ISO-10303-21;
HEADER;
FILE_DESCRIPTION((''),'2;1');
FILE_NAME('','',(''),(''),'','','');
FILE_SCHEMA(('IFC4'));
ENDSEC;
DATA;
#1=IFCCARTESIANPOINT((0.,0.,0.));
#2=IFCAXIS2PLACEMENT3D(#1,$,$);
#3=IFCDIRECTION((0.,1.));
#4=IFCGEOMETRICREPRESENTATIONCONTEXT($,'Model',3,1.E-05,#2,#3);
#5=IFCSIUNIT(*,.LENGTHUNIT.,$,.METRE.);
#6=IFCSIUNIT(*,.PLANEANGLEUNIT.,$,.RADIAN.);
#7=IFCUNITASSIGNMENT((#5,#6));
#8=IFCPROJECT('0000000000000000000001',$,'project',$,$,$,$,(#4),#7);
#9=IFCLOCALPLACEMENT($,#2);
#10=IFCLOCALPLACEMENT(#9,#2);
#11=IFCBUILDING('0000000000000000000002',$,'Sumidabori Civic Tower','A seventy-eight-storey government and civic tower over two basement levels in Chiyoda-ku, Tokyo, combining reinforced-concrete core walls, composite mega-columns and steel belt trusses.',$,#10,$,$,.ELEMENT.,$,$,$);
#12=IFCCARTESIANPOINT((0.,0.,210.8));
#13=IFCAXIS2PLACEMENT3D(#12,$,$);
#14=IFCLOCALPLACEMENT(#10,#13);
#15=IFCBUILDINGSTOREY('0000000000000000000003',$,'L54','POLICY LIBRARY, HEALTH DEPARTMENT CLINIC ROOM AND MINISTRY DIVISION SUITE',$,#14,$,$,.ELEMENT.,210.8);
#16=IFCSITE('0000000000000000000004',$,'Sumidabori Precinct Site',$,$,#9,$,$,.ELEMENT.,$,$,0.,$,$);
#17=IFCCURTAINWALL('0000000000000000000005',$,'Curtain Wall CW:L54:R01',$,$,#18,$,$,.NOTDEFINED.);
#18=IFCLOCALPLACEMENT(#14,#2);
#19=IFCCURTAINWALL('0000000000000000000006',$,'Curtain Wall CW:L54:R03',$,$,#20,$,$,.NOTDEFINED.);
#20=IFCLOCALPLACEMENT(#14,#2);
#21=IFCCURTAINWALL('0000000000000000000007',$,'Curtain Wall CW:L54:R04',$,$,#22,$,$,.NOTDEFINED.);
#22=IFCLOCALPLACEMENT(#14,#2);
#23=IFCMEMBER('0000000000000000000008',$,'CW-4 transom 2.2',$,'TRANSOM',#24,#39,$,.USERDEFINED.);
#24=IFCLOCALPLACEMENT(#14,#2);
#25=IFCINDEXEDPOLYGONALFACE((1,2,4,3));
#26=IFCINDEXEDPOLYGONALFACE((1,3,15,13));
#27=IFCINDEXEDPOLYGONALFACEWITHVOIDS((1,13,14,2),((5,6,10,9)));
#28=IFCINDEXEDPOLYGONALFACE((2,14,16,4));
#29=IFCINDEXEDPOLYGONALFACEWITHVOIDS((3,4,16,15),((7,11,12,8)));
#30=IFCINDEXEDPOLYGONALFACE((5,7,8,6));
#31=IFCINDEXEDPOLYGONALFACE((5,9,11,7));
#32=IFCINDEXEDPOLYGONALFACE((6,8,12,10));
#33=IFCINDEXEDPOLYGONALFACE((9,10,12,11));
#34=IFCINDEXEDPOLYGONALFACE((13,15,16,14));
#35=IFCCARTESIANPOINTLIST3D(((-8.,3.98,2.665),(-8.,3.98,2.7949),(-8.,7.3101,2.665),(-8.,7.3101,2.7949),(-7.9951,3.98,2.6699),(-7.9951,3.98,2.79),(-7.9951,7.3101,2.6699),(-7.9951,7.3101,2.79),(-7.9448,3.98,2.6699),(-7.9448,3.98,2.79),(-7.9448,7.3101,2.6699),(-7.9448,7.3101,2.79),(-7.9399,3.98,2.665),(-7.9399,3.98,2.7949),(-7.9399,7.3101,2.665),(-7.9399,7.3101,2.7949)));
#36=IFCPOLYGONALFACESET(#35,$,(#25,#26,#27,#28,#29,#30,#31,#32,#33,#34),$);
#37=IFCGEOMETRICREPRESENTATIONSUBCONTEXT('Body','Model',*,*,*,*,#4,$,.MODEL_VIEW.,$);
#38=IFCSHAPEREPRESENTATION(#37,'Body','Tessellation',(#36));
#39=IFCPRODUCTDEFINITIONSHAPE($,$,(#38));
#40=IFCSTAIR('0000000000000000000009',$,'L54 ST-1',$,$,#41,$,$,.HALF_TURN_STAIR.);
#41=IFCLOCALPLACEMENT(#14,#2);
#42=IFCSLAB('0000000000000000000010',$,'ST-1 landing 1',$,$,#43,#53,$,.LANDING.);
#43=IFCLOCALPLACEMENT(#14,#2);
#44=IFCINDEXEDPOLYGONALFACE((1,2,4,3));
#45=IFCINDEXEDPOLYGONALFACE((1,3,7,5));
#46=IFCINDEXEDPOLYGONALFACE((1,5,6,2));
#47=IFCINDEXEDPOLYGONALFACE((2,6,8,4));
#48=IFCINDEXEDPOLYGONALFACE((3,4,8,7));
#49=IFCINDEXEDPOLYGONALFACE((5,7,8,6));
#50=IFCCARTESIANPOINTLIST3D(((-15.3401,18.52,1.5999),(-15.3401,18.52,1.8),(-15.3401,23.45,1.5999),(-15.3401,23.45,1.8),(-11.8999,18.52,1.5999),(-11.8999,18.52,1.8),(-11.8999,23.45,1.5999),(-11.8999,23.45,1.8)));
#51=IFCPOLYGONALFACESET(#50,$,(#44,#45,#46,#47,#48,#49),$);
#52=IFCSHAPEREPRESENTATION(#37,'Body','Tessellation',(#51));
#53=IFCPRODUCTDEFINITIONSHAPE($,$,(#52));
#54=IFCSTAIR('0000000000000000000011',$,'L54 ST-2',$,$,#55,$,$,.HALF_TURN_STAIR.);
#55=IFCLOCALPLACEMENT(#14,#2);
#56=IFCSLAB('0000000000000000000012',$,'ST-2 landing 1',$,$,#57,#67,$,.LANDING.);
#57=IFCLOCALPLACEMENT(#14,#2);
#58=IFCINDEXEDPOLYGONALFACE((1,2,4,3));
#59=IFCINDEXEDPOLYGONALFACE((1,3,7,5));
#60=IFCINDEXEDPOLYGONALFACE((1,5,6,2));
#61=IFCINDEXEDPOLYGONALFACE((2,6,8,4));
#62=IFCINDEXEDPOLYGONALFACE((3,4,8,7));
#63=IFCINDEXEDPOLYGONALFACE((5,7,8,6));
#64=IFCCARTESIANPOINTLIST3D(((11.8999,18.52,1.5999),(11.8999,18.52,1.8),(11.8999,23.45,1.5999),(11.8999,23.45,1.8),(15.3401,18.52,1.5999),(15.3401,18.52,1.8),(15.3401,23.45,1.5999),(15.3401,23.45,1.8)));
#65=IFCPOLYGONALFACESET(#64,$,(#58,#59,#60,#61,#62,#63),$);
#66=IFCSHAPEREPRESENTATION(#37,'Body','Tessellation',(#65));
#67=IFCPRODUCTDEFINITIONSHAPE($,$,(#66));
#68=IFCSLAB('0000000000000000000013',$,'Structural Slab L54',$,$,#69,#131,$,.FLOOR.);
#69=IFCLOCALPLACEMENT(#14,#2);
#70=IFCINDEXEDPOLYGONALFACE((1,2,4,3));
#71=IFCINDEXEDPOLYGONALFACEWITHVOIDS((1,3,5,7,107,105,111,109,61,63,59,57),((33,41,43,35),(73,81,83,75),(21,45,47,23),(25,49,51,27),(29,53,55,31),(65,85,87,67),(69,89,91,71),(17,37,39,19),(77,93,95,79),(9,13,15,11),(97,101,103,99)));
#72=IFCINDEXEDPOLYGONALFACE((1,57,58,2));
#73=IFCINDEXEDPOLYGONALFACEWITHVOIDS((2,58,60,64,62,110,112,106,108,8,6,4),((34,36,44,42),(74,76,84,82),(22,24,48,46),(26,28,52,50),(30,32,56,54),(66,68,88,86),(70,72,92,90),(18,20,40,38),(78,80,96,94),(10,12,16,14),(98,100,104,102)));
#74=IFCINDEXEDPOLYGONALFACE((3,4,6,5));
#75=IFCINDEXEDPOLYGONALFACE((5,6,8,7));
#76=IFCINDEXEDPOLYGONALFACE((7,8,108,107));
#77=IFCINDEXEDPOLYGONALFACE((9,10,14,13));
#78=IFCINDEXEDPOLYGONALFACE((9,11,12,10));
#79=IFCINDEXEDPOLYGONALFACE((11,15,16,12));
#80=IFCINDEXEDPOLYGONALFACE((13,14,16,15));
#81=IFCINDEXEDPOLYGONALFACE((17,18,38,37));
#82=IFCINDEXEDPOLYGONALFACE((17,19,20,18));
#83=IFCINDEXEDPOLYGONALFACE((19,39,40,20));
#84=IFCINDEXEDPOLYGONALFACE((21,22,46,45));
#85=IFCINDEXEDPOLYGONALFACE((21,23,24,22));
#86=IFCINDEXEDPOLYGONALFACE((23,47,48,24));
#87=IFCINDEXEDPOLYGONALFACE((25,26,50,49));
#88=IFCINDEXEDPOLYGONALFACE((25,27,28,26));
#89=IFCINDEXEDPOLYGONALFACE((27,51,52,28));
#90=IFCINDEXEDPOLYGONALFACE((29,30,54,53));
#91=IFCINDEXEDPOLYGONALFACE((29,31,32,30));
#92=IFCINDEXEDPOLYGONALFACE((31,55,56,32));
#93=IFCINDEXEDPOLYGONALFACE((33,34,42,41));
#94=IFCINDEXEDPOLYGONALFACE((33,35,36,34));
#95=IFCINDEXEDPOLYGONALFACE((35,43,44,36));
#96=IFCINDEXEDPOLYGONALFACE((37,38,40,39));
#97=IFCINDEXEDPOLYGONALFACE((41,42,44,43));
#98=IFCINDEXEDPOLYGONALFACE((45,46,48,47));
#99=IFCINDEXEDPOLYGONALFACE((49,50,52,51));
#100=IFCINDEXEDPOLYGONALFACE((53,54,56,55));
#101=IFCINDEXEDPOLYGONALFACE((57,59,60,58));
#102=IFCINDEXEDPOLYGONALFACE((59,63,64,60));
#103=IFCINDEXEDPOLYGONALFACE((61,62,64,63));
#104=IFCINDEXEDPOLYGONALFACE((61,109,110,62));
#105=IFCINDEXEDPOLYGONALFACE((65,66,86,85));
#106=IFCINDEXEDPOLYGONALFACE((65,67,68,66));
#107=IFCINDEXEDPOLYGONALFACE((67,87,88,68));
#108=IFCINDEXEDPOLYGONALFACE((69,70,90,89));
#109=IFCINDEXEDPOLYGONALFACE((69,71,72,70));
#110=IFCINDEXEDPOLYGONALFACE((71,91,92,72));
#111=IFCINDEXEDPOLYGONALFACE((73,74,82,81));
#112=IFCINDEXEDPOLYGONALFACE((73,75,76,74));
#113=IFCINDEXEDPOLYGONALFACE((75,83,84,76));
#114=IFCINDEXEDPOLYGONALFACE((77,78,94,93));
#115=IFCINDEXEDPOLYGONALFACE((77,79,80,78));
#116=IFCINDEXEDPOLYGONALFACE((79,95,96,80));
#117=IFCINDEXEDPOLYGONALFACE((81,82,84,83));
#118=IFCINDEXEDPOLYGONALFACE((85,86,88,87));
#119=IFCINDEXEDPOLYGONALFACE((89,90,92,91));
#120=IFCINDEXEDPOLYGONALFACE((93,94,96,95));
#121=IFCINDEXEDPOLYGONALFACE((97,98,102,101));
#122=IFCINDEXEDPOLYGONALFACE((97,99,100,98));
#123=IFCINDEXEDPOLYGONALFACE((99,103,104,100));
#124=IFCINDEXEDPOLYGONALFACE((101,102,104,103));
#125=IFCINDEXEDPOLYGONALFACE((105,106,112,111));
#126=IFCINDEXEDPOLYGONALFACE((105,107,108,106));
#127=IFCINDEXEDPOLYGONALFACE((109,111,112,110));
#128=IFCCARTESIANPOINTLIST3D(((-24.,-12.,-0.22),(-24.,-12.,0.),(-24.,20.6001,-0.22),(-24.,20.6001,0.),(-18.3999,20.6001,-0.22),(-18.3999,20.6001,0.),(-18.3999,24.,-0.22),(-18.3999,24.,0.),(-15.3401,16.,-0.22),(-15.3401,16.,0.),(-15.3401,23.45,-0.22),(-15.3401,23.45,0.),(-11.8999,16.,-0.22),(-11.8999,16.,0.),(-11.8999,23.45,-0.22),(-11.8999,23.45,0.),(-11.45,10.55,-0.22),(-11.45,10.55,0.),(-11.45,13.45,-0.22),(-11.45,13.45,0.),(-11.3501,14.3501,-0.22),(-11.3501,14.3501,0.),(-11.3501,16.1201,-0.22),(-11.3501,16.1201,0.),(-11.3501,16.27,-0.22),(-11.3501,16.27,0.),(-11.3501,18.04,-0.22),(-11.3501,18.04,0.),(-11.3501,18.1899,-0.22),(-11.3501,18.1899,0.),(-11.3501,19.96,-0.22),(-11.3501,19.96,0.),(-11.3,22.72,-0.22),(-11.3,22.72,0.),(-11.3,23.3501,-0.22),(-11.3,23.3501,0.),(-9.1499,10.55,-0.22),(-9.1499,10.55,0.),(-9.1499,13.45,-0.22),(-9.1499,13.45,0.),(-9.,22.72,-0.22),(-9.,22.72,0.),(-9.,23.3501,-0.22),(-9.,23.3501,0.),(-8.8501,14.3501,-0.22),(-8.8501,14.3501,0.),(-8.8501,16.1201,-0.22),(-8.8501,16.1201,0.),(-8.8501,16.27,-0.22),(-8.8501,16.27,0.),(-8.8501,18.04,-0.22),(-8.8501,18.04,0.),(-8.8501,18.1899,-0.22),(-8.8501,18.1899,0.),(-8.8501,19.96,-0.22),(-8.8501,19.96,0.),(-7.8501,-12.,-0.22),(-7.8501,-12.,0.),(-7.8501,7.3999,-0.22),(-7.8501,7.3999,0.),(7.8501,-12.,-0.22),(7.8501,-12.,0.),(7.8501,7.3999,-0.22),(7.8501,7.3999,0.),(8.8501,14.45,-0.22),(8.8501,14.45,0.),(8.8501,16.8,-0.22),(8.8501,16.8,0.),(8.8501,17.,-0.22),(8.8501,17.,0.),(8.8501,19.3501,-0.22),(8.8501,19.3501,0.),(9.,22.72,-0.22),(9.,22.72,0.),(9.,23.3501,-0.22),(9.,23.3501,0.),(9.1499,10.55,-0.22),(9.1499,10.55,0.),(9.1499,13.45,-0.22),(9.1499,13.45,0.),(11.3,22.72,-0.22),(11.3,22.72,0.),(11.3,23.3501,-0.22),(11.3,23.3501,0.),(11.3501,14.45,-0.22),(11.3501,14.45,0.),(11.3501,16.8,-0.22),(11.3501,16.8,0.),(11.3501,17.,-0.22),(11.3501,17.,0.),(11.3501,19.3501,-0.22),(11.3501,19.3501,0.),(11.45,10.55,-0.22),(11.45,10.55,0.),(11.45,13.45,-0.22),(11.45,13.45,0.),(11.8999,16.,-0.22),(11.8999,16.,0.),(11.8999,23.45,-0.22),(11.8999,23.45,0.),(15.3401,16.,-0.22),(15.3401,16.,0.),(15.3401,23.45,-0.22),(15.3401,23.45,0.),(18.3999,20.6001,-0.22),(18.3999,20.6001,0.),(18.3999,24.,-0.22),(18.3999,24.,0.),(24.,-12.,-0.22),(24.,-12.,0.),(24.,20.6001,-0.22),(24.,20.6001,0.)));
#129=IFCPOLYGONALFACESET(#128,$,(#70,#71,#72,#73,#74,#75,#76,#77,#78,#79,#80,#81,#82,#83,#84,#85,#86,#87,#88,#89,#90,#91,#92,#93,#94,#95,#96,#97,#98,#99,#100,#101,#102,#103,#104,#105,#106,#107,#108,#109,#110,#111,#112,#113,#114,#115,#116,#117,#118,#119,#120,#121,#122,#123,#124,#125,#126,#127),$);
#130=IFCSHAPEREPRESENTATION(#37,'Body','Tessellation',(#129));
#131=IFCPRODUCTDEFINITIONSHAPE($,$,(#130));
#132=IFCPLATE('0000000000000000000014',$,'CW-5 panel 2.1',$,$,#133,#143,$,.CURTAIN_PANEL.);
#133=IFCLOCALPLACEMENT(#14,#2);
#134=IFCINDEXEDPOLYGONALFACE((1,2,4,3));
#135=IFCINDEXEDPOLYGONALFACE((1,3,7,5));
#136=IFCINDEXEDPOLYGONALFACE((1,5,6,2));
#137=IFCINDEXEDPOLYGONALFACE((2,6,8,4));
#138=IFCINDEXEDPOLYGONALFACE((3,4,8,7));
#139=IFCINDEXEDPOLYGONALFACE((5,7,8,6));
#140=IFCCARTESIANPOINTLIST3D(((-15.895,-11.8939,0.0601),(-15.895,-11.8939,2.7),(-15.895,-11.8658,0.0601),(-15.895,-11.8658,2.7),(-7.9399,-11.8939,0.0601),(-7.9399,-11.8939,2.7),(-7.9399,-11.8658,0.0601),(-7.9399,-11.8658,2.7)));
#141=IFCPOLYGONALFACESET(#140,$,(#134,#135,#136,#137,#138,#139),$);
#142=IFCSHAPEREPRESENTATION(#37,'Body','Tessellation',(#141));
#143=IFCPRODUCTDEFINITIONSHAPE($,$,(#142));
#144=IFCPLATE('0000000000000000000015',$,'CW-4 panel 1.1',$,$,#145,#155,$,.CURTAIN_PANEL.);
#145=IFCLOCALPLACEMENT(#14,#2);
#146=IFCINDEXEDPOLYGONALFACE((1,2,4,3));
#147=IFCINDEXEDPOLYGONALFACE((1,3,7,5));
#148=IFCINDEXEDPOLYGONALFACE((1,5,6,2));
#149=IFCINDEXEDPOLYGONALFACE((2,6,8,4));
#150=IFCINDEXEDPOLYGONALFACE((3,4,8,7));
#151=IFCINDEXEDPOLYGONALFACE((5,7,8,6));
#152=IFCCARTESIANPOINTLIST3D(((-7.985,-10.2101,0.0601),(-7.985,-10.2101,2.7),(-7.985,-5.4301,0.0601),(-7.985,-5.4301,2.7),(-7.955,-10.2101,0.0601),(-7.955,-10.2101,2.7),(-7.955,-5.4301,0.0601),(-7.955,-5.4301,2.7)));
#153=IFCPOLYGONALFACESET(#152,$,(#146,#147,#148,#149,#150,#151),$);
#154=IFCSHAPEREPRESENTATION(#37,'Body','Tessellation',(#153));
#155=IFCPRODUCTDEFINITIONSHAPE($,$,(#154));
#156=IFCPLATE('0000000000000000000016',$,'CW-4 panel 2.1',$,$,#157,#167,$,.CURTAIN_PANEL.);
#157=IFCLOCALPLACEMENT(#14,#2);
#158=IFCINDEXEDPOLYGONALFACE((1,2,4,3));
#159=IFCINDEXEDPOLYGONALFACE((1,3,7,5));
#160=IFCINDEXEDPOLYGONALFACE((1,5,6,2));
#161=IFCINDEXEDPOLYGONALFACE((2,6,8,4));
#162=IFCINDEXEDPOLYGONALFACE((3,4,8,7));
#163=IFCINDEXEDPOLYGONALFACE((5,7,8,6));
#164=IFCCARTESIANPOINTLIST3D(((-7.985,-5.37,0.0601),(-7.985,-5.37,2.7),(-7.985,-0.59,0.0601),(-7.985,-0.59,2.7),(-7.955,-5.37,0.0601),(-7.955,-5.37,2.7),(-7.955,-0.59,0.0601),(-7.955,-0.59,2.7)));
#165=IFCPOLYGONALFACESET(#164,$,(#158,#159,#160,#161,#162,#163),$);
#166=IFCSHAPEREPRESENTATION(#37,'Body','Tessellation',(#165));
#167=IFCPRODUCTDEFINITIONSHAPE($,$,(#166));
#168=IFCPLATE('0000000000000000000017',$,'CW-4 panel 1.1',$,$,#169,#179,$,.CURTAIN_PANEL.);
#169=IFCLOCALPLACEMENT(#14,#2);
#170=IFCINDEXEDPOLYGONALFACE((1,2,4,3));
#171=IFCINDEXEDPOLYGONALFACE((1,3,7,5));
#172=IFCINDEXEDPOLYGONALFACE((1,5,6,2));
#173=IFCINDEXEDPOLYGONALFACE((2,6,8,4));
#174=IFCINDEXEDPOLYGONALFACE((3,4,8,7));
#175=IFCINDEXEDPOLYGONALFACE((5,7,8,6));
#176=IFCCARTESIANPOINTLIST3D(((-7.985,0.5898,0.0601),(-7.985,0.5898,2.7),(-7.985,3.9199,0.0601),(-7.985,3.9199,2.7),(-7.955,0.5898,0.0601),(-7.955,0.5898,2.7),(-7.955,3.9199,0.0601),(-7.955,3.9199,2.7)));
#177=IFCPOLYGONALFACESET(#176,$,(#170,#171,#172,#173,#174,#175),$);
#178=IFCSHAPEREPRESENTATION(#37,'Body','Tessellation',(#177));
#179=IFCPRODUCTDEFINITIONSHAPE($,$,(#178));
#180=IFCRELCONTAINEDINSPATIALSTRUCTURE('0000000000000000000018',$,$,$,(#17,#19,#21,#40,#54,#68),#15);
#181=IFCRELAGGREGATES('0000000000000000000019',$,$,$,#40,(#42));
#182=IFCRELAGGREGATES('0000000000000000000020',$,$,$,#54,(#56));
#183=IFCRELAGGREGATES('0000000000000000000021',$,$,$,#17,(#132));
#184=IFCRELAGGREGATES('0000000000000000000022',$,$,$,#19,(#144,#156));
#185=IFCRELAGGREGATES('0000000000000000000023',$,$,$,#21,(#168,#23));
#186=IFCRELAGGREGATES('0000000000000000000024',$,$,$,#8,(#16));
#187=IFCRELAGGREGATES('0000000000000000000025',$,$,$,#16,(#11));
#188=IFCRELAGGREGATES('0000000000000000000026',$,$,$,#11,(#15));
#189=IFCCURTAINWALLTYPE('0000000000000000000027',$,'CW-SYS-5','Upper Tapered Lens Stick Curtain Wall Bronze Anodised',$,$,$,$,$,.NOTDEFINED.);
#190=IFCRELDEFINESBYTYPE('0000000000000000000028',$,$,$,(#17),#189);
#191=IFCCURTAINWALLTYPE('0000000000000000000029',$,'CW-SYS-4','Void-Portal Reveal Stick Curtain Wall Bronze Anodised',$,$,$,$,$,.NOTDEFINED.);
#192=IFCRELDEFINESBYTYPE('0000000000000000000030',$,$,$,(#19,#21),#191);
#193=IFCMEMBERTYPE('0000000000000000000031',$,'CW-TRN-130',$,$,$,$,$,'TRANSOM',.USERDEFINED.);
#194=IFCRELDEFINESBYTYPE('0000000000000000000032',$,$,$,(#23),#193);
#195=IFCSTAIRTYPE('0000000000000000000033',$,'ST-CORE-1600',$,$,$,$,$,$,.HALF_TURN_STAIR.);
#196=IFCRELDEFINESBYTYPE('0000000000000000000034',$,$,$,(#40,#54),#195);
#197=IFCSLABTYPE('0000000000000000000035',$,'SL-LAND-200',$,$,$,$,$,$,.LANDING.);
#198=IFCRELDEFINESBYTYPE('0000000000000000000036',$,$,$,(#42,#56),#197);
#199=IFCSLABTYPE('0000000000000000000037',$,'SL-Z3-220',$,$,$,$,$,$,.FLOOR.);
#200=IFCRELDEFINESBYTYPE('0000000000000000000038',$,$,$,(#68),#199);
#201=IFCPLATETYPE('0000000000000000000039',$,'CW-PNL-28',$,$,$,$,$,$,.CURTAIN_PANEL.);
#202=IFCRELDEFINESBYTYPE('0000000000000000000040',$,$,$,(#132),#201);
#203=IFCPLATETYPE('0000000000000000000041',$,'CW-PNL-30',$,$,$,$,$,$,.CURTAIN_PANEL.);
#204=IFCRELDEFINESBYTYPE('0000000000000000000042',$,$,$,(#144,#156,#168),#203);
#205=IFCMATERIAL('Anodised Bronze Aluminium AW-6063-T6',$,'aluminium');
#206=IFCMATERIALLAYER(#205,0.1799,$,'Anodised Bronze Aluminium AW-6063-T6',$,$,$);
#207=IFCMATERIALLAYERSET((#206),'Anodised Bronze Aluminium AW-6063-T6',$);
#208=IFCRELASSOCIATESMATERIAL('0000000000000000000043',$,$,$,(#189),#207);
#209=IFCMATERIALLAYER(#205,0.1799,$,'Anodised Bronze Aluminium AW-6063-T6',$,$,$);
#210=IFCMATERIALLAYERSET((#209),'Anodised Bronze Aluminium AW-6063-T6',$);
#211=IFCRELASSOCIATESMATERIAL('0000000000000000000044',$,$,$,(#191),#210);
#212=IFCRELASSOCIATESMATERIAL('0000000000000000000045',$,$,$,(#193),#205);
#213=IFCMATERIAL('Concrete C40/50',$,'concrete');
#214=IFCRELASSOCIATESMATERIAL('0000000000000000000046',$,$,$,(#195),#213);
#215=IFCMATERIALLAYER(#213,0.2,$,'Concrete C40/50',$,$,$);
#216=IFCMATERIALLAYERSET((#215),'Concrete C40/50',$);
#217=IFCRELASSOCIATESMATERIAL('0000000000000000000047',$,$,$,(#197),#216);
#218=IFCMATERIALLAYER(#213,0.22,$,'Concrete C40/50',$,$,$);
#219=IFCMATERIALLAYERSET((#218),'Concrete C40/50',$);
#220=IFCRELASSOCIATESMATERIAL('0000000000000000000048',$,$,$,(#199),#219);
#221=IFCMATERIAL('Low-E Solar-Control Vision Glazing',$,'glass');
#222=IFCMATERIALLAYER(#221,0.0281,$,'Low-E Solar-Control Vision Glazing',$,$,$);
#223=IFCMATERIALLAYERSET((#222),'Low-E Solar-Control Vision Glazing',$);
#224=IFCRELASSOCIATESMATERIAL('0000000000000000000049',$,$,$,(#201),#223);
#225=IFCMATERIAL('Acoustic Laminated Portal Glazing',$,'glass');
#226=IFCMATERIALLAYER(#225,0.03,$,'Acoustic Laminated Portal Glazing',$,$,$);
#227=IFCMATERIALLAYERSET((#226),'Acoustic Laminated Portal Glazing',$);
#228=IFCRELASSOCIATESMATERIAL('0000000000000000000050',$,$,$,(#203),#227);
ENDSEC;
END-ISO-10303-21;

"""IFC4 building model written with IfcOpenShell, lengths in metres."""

from ifc_helpers import new_model, si_unit, direction, frame, origin, origin_2d, place, context, subcontext, project, spatial, polyline, rectangle, hollow_rectangle, outline, extrude, source, transform, mapped, material, layer, layer_set, material_profile, profile_set, type_object, element, aggregate, save


model = new_model("IFC4")

# Units and contexts
model_context = context("Model", 3, precision=1e-05, world=origin(), true_north=direction((0.0, 1.0)))
body_context = subcontext(model_context, "Body", "Model", "MODEL_VIEW")
ifc_project = project(units=[si_unit("LENGTHUNIT", "METRE"), si_unit("PLANEANGLEUNIT", "RADIAN")], contexts=[model_context])

# Site, building, storey
site_placement = place(None, origin())
site = spatial("IfcSite", under=ifc_project, at=site_placement, Name="Sumidabori Precinct Site", CompositionType="ELEMENT", RefElevation=0.0)
building_placement = place(site_placement, origin())
building = spatial("IfcBuilding", under=site, at=building_placement, Name="Sumidabori Civic Tower", Description="A seventy-eight-storey government and civic tower over two basement levels in Chiyoda-ku, Tokyo, combining reinforced-concrete core walls, composite mega-columns and steel belt trusses.", CompositionType="ELEMENT")
storey_placement = place(building_placement, frame((0.0, 0.0, 210.8)))
storey = spatial("IfcBuildingStorey", under=building, at=storey_placement, Name="L54", Description="POLICY LIBRARY, HEALTH DEPARTMENT CLINIC ROOM AND MINISTRY DIVISION SUITE", CompositionType="ELEMENT", Elevation=210.8)

# Curtain walls
ifc_material_1 = material(Name="Anodised Bronze Aluminium AW-6063-T6", Category="aluminium")
ifc_layer_1 = layer(ifc_material_1, 0.1799, Name="Anodised Bronze Aluminium AW-6063-T6")
ifc_layer_set_1 = layer_set([ifc_layer_1], Name="Anodised Bronze Aluminium AW-6063-T6")
curtain_wall_type_1 = type_object("IfcCurtainWallType", Name="CW-SYS-5", Description="Upper Tapered Lens Stick Curtain Wall Bronze Anodised", PredefinedType="NOTDEFINED", material=ifc_layer_set_1)
curtain_wall_1_placement = place(storey_placement, origin())
curtain_wall_1 = element("IfcCurtainWall", 1, at=curtain_wall_1_placement, inside=storey, type_object=curtain_wall_type_1, Name="Curtain Wall CW:L54:R01", PredefinedType="NOTDEFINED")
ifc_layer_2 = layer(ifc_material_1, 0.1799, Name="Anodised Bronze Aluminium AW-6063-T6")
ifc_layer_set_2 = layer_set([ifc_layer_2], Name="Anodised Bronze Aluminium AW-6063-T6")
curtain_wall_type_2 = type_object("IfcCurtainWallType", Name="CW-SYS-4", Description="Void-Portal Reveal Stick Curtain Wall Bronze Anodised", PredefinedType="NOTDEFINED", material=ifc_layer_set_2)
curtain_wall_2_placement = place(storey_placement, origin())
curtain_wall_2 = element("IfcCurtainWall", 2, at=curtain_wall_2_placement, inside=storey, type_object=curtain_wall_type_2, Name="Curtain Wall CW:L54:R03", PredefinedType="NOTDEFINED")
curtain_wall_3_placement = place(storey_placement, origin())
curtain_wall_3 = element("IfcCurtainWall", 3, at=curtain_wall_3_placement, inside=storey, type_object=curtain_wall_type_2, Name="Curtain Wall CW:L54:R04", PredefinedType="NOTDEFINED")

# Member
ifc_material_profile_1 = material_profile(ifc_material_1, hollow_rectangle(XDim=0.0601, YDim=0.1299, WallThickness=0.0049, at=origin_2d()), Name="ALU TRANSOM 130x60")
ifc_profile_set_1 = profile_set([ifc_material_profile_1], Name="Anodised Bronze Aluminium AW-6063-T6")
member_type_1 = type_object("IfcMemberType", Name="CW-TRN-130", ElementType="TRANSOM", PredefinedType="USERDEFINED", material=ifc_profile_set_1)
shared_shape_1 = source(origin(), body_context, "Body", "SweptSolid", [
    extrude(hollow_rectangle(XDim=0.0601, YDim=0.1299, WallThickness=0.0049, at=origin_2d()), origin(), (0.0, 0.0, 1.0), 3.3301),
])
member_1_placement = place(storey_placement, frame((-7.97, 3.98, 2.73), z_axis=(0.0, 1.0, 0.0), x_axis=(-1.0, 0.0, 0.0)))
member_1 = element("IfcMember", 4, at=member_1_placement, type_object=member_type_1, Name="CW-4 transom 2.2", ObjectType="TRANSOM", PredefinedType="USERDEFINED", context=body_context, shape_type="MappedRepresentation", body=[
    mapped(shared_shape_1, transform((0.0, 0.0, 0.0), x_axis=(1.0, 0.0, 0.0), y_axis=(0.0, 1.0, 0.0), z_axis=(0.0, 0.0, 1.0), scale=1.0)),
])

# Stairs, slabs
ifc_material_2 = material(Name="Concrete C40/50", Category="concrete")
stair_type = type_object("IfcStairType", Name="ST-CORE-1600", PredefinedType="HALF_TURN_STAIR", material=ifc_material_2)
stair_1_placement = place(storey_placement, origin())
stair_1 = element("IfcStair", 5, at=stair_1_placement, inside=storey, type_object=stair_type, Name="L54 ST-1", PredefinedType="HALF_TURN_STAIR")
ifc_layer_3 = layer(ifc_material_2, 0.2, Name="Concrete C40/50")
ifc_layer_set_3 = layer_set([ifc_layer_3], Name="Concrete C40/50")
slab_type_1 = type_object("IfcSlabType", Name="SL-LAND-200", PredefinedType="LANDING", material=ifc_layer_set_3)
slab_1_placement = place(storey_placement, frame((0.0, 0.0, 1.5999)))
slab_1 = element("IfcSlab", 6, at=slab_1_placement, type_object=slab_type_1, Name="ST-1 landing 1", PredefinedType="LANDING", context=body_context, shape_type="SweptSolid", body=[
    extrude(outline(polyline([(-11.8999, 18.52), (-11.8999, 23.45), (-15.3401, 23.45), (-15.3401, 18.52), (-11.8999, 18.52)])), origin(), (0.0, 0.0, 1.0), 0.2002),
])
aggregate(stair_1, [slab_1])
stair_2_placement = place(storey_placement, origin())
stair_2 = element("IfcStair", 7, at=stair_2_placement, inside=storey, type_object=stair_type, Name="L54 ST-2", PredefinedType="HALF_TURN_STAIR")
slab_2_placement = place(storey_placement, frame((0.0, 0.0, 1.5999)))
slab_2 = element("IfcSlab", 8, at=slab_2_placement, type_object=slab_type_1, Name="ST-2 landing 1", PredefinedType="LANDING", context=body_context, shape_type="SweptSolid", body=[
    extrude(outline(polyline([(15.3401, 18.52), (15.3401, 23.45), (11.8999, 23.45), (11.8999, 18.52), (15.3401, 18.52)])), origin(), (0.0, 0.0, 1.0), 0.2002),
])
aggregate(stair_2, [slab_2])

# Slab
ifc_layer_4 = layer(ifc_material_2, 0.22, Name="Concrete C40/50")
ifc_layer_set_4 = layer_set([ifc_layer_4], Name="Concrete C40/50")
slab_type_2 = type_object("IfcSlabType", Name="SL-Z3-220", PredefinedType="FLOOR", material=ifc_layer_set_4)
slab_3_placement = place(storey_placement, frame((0.0, 0.0, -0.22)))
element("IfcSlab", 9, at=slab_3_placement, inside=storey, type_object=slab_type_2, Name="Structural Slab L54", PredefinedType="FLOOR", context=body_context, shape_type="SweptSolid", body=[
    extrude(outline(polyline([(-24.0, -12.0), (-7.8501, -12.0), (-7.8501, 7.3999), (7.8501, 7.3999), (7.8501, -12.0), (24.0, -12.0), (24.0, 20.6001), (18.3999, 20.6001), (18.3999, 24.0), (-18.3999, 24.0), (-18.3999, 20.6001), (-24.0, 20.6001), (-24.0, -12.0)]), holes=[polyline([(-11.8999, 16.0), (-11.8999, 23.45), (-15.3401, 23.45), (-15.3401, 16.0), (-11.8999, 16.0)]), polyline([(15.3401, 16.0), (15.3401, 23.45), (11.8999, 23.45), (11.8999, 16.0), (15.3401, 16.0)]), polyline([(-11.45, 10.55), (-9.1499, 10.55), (-9.1499, 13.45), (-11.45, 13.45), (-11.45, 10.55)]), polyline([(9.1499, 10.55), (11.45, 10.55), (11.45, 13.45), (9.1499, 13.45), (9.1499, 10.55)]), polyline([(-11.3501, 14.3501), (-8.8501, 14.3501), (-8.8501, 16.1201), (-11.3501, 16.1201), (-11.3501, 14.3501)]), polyline([(-11.3501, 16.27), (-8.8501, 16.27), (-8.8501, 18.04), (-11.3501, 18.04), (-11.3501, 16.27)]), polyline([(-11.3501, 18.1899), (-8.8501, 18.1899), (-8.8501, 19.96), (-11.3501, 19.96), (-11.3501, 18.1899)]), polyline([(8.8501, 14.45), (11.3501, 14.45), (11.3501, 16.8), (8.8501, 16.8), (8.8501, 14.45)]), polyline([(8.8501, 17.0), (11.3501, 17.0), (11.3501, 19.3501), (8.8501, 19.3501), (8.8501, 17.0)]), polyline([(-11.3, 22.72), (-9.0, 22.72), (-9.0, 23.3501), (-11.3, 23.3501), (-11.3, 22.72)]), polyline([(9.0, 22.72), (11.3, 22.72), (11.3, 23.3501), (9.0, 23.3501), (9.0, 22.72)])]), origin(), (0.0, 0.0, 1.0), 0.22),
])

# Plates
ifc_material_3 = material(Name="Low-E Solar-Control Vision Glazing", Category="glass")
ifc_layer_5 = layer(ifc_material_3, 0.0281, Name="Low-E Solar-Control Vision Glazing")
ifc_layer_set_5 = layer_set([ifc_layer_5], Name="Low-E Solar-Control Vision Glazing")
plate_type_1 = type_object("IfcPlateType", Name="CW-PNL-28", PredefinedType="CURTAIN_PANEL", material=ifc_layer_set_5)
shared_shape_2 = source(origin(), body_context, "Body", "SweptSolid", [
    extrude(rectangle(XDim=7.9551, YDim=0.0281, at=origin_2d()), origin(), (0.0, 0.0, 1.0), 2.6399),
])
plate_1_placement = place(storey_placement, frame((-11.9175, -11.8799, 0.0601), z_axis=(0.0, 0.0, 1.0), x_axis=(1.0, 0.0, 0.0)))
plate_1 = element("IfcPlate", 10, at=plate_1_placement, type_object=plate_type_1, Name="CW-5 panel 2.1", PredefinedType="CURTAIN_PANEL", context=body_context, shape_type="MappedRepresentation", body=[
    mapped(shared_shape_2, transform((0.0, 0.0, 0.0), x_axis=(1.0, 0.0, 0.0), y_axis=(0.0, 1.0, 0.0), z_axis=(0.0, 0.0, 1.0), scale=1.0)),
])
aggregate(curtain_wall_1, [plate_1])
ifc_material_4 = material(Name="Acoustic Laminated Portal Glazing", Category="glass")
ifc_layer_6 = layer(ifc_material_4, 0.03, Name="Acoustic Laminated Portal Glazing")
ifc_layer_set_6 = layer_set([ifc_layer_6], Name="Acoustic Laminated Portal Glazing")
plate_type_2 = type_object("IfcPlateType", Name="CW-PNL-30", PredefinedType="CURTAIN_PANEL", material=ifc_layer_set_6)
shared_shape_3 = source(origin(), body_context, "Body", "SweptSolid", [
    extrude(rectangle(XDim=4.78, YDim=0.03, at=origin_2d()), origin(), (0.0, 0.0, 1.0), 2.6399),
])
plate_2_placement = place(storey_placement, frame((-7.97, -7.8201, 0.0601), z_axis=(0.0, 0.0, 1.0), x_axis=(0.0, 1.0, 0.0)))
plate_2 = element("IfcPlate", 11, at=plate_2_placement, type_object=plate_type_2, Name="CW-4 panel 1.1", PredefinedType="CURTAIN_PANEL", context=body_context, shape_type="MappedRepresentation", body=[
    mapped(shared_shape_3, transform((0.0, 0.0, 0.0), x_axis=(1.0, 0.0, 0.0), y_axis=(0.0, 1.0, 0.0), z_axis=(0.0, 0.0, 1.0), scale=1.0)),
])
plate_3_placement = place(storey_placement, frame((-7.97, -2.98, 0.0601), z_axis=(0.0, 0.0, 1.0), x_axis=(0.0, 1.0, 0.0)))
plate_3 = element("IfcPlate", 12, at=plate_3_placement, type_object=plate_type_2, Name="CW-4 panel 2.1", PredefinedType="CURTAIN_PANEL", context=body_context, shape_type="MappedRepresentation", body=[
    mapped(shared_shape_3, transform((0.0, 0.0, 0.0), x_axis=(1.0, 0.0, 0.0), y_axis=(0.0, 1.0, 0.0), z_axis=(0.0, 0.0, 1.0), scale=1.0)),
])
aggregate(curtain_wall_2, [plate_2, plate_3])
shared_shape_4 = source(origin(), body_context, "Body", "SweptSolid", [
    extrude(rectangle(XDim=3.3301, YDim=0.03, at=origin_2d()), origin(), (0.0, 0.0, 1.0), 2.6399),
])
plate_4_placement = place(storey_placement, frame((-7.97, 2.2549, 0.0601), z_axis=(0.0, 0.0, 1.0), x_axis=(0.0, 1.0, 0.0)))
plate_4 = element("IfcPlate", 13, at=plate_4_placement, type_object=plate_type_2, Name="CW-4 panel 1.1", PredefinedType="CURTAIN_PANEL", context=body_context, shape_type="MappedRepresentation", body=[
    mapped(shared_shape_4, transform((0.0, 0.0, 0.0), x_axis=(1.0, 0.0, 0.0), y_axis=(0.0, 1.0, 0.0), z_axis=(0.0, 0.0, 1.0), scale=1.0)),
])
aggregate(curtain_wall_3, [plate_4, member_1])

save(model, "model.ifc")
